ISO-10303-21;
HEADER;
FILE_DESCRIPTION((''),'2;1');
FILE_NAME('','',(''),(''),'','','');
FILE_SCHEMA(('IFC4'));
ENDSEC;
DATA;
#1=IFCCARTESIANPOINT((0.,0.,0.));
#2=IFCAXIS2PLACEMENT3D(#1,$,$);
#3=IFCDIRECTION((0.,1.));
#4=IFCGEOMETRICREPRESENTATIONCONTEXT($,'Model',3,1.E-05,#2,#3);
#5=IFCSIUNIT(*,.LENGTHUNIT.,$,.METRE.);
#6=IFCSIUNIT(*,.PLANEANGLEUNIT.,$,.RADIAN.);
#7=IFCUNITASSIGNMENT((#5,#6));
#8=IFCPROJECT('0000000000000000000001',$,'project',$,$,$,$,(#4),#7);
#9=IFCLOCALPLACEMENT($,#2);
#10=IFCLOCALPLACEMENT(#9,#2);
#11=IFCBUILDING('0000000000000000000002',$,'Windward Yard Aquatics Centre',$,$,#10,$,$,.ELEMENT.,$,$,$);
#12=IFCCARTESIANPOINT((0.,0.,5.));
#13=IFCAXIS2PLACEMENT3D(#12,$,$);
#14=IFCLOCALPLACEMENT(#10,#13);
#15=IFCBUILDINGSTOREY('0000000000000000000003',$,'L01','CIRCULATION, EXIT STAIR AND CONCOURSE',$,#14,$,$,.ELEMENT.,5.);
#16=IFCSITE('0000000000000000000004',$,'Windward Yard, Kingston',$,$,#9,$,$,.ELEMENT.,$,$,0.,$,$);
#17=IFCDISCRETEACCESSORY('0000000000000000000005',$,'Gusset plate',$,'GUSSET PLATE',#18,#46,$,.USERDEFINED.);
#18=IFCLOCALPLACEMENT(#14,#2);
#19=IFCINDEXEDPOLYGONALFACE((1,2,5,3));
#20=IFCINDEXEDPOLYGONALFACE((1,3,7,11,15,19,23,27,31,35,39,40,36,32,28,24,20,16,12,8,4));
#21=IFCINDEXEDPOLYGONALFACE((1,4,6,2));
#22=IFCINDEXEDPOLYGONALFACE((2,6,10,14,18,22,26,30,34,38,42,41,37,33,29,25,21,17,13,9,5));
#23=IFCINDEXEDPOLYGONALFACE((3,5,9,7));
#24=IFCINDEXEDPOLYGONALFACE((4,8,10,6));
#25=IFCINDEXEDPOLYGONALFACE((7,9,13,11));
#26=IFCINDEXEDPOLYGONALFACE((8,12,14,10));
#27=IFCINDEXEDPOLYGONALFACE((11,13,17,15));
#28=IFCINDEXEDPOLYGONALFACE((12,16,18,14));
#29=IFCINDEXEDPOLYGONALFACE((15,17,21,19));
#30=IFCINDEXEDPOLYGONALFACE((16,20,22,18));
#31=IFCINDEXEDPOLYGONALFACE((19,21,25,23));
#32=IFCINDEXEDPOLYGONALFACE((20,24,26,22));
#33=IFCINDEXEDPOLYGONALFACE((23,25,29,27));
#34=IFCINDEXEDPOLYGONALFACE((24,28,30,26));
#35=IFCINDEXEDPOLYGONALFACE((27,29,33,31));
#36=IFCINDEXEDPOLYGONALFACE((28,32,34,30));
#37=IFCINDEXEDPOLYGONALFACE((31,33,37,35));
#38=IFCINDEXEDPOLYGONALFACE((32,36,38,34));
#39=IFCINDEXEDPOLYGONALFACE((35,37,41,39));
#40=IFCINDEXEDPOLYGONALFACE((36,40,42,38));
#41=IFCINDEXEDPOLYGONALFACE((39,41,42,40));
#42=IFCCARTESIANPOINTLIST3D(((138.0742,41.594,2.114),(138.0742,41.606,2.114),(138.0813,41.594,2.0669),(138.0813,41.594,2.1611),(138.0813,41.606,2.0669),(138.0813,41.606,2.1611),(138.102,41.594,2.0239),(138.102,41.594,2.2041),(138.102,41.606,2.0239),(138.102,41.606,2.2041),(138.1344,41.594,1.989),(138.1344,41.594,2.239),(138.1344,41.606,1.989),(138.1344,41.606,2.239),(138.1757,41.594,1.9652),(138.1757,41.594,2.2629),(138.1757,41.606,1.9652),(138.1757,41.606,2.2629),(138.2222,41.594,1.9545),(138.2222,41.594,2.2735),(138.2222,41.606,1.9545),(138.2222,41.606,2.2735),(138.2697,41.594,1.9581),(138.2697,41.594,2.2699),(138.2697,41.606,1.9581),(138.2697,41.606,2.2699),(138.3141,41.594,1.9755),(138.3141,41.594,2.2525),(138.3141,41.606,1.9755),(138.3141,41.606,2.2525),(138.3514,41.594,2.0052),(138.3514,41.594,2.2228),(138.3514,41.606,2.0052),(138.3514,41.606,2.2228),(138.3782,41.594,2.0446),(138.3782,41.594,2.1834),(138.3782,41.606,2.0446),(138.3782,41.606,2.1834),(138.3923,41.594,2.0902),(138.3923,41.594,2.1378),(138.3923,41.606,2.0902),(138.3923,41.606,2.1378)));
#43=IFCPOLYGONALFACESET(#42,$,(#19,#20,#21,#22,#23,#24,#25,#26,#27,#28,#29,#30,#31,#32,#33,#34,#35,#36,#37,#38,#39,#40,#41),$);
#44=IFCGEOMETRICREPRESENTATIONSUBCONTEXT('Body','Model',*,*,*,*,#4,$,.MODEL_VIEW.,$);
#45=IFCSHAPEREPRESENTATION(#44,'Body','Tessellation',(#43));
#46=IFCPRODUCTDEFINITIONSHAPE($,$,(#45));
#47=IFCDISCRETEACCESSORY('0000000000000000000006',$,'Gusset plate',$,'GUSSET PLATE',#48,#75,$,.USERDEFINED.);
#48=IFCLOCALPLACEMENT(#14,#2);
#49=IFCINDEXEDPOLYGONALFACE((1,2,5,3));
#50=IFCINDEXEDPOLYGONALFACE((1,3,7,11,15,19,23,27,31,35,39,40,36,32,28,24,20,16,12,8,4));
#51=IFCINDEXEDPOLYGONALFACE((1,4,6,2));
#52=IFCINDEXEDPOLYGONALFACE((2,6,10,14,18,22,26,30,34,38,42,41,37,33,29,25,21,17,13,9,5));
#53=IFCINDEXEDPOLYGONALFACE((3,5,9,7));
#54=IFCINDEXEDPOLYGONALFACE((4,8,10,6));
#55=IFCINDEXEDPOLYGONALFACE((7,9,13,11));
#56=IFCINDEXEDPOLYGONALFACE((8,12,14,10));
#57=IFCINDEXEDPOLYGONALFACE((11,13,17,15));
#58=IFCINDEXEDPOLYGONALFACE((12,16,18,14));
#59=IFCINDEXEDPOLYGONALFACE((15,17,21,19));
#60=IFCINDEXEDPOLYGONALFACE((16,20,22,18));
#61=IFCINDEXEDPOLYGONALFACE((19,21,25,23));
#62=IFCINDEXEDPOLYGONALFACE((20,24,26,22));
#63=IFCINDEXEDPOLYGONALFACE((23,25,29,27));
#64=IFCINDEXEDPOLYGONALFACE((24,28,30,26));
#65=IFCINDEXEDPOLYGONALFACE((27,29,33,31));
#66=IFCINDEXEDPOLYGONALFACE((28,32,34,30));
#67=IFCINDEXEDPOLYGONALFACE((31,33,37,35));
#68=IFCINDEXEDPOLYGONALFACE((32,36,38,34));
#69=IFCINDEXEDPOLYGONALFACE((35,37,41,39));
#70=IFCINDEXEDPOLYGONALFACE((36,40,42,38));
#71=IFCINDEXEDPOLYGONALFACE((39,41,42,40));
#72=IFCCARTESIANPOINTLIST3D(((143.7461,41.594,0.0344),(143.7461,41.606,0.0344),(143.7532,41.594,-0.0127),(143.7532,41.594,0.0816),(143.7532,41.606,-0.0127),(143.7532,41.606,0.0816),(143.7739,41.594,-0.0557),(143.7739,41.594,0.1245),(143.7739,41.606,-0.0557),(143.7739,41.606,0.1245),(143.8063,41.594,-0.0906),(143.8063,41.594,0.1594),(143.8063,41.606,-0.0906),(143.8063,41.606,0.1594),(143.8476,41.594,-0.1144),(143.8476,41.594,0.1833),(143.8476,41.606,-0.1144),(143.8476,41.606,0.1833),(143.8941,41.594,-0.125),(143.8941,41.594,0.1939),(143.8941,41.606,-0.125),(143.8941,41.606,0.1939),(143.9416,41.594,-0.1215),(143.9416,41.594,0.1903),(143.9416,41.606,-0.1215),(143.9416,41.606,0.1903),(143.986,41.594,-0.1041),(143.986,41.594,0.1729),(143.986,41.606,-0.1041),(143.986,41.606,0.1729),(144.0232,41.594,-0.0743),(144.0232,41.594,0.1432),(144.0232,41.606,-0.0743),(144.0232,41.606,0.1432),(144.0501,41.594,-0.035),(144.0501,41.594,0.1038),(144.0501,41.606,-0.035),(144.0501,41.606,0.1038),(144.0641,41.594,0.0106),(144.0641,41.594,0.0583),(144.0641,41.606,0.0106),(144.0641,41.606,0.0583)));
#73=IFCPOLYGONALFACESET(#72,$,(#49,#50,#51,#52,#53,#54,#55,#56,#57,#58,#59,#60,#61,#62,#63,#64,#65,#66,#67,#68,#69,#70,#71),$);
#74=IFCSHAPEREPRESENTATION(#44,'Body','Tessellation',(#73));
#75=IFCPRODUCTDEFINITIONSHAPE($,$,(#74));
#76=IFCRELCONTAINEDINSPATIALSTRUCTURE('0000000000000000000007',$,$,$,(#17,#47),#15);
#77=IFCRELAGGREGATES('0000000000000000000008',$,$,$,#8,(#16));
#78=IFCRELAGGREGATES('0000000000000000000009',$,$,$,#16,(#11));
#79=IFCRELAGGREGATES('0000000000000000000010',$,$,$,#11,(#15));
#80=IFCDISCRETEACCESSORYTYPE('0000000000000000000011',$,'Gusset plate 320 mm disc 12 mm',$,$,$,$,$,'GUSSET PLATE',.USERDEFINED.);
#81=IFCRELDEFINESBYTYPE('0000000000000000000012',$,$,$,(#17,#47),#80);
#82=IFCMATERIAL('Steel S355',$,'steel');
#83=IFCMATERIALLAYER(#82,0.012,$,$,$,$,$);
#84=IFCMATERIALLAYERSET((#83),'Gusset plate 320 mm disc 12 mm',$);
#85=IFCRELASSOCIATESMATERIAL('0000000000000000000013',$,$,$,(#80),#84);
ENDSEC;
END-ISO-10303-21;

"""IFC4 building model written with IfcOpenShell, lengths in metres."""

from ifc_helpers import new_model, si_unit, direction, frame, origin, origin_2d, place, context, subcontext, project, spatial, circle, extrude, material, layer, layer_set, type_object, element, save


model = new_model("IFC4")

# Units and contexts
model_context = context("Model", 3, precision=1e-05, world=origin(), true_north=direction((0.0, 1.0)))
body_context = subcontext(model_context, "Body", "Model", "MODEL_VIEW")
ifc_project = project(units=[si_unit("LENGTHUNIT", "METRE"), si_unit("PLANEANGLEUNIT", "RADIAN")], contexts=[model_context])

# Site, building, storey
site_placement = place(None, origin())
site = spatial("IfcSite", under=ifc_project, at=site_placement, Name="Windward Yard, Kingston", CompositionType="ELEMENT", RefElevation=0.0)
building_placement = place(site_placement, origin())
building = spatial("IfcBuilding", under=site, at=building_placement, Name="Windward Yard Aquatics Centre", CompositionType="ELEMENT")
storey_placement = place(building_placement, frame((0.0, 0.0, 5.0)))
storey = spatial("IfcBuildingStorey", under=building, at=storey_placement, Name="L01", Description="CIRCULATION, EXIT STAIR AND CONCOURSE", CompositionType="ELEMENT", Elevation=5.0)

# Discrete accessories
ifc_material_1 = material(Name="Steel S355", Category="steel")
ifc_layer_1 = layer(ifc_material_1, 0.012)
ifc_layer_set_1 = layer_set([ifc_layer_1], Name="Gusset plate 320 mm disc 12 mm")
discrete_accessory_type = type_object("IfcDiscreteAccessoryType", Name="Gusset plate 320 mm disc 12 mm", ElementType="GUSSET PLATE", PredefinedType="USERDEFINED", material=ifc_layer_set_1)
for number, where, z_axis, x_axis, name in (
    (1, (138.2341, 41.594, 2.114), (0.0, 1.0, 0.0), (-1.0, 0.0, 0.0), "Gusset plate"),
    (2, (143.906, 41.594, 0.0344), (0.0, 1.0, 0.0), (-1.0, 0.0, 0.0), "Gusset plate"),
):
    element("IfcDiscreteAccessory", number, at=place(storey_placement, frame(where, z_axis=z_axis, x_axis=x_axis)), inside=storey, type_object=discrete_accessory_type, Name=name, ObjectType="GUSSET PLATE", PredefinedType="USERDEFINED", context=body_context, shape_type="SweptSolid", body=[
        extrude(circle(Radius=0.1599, at=origin_2d()), origin(), (0.0, 0.0, 1.0), 0.012),
    ])

save(model, "model.ifc")
